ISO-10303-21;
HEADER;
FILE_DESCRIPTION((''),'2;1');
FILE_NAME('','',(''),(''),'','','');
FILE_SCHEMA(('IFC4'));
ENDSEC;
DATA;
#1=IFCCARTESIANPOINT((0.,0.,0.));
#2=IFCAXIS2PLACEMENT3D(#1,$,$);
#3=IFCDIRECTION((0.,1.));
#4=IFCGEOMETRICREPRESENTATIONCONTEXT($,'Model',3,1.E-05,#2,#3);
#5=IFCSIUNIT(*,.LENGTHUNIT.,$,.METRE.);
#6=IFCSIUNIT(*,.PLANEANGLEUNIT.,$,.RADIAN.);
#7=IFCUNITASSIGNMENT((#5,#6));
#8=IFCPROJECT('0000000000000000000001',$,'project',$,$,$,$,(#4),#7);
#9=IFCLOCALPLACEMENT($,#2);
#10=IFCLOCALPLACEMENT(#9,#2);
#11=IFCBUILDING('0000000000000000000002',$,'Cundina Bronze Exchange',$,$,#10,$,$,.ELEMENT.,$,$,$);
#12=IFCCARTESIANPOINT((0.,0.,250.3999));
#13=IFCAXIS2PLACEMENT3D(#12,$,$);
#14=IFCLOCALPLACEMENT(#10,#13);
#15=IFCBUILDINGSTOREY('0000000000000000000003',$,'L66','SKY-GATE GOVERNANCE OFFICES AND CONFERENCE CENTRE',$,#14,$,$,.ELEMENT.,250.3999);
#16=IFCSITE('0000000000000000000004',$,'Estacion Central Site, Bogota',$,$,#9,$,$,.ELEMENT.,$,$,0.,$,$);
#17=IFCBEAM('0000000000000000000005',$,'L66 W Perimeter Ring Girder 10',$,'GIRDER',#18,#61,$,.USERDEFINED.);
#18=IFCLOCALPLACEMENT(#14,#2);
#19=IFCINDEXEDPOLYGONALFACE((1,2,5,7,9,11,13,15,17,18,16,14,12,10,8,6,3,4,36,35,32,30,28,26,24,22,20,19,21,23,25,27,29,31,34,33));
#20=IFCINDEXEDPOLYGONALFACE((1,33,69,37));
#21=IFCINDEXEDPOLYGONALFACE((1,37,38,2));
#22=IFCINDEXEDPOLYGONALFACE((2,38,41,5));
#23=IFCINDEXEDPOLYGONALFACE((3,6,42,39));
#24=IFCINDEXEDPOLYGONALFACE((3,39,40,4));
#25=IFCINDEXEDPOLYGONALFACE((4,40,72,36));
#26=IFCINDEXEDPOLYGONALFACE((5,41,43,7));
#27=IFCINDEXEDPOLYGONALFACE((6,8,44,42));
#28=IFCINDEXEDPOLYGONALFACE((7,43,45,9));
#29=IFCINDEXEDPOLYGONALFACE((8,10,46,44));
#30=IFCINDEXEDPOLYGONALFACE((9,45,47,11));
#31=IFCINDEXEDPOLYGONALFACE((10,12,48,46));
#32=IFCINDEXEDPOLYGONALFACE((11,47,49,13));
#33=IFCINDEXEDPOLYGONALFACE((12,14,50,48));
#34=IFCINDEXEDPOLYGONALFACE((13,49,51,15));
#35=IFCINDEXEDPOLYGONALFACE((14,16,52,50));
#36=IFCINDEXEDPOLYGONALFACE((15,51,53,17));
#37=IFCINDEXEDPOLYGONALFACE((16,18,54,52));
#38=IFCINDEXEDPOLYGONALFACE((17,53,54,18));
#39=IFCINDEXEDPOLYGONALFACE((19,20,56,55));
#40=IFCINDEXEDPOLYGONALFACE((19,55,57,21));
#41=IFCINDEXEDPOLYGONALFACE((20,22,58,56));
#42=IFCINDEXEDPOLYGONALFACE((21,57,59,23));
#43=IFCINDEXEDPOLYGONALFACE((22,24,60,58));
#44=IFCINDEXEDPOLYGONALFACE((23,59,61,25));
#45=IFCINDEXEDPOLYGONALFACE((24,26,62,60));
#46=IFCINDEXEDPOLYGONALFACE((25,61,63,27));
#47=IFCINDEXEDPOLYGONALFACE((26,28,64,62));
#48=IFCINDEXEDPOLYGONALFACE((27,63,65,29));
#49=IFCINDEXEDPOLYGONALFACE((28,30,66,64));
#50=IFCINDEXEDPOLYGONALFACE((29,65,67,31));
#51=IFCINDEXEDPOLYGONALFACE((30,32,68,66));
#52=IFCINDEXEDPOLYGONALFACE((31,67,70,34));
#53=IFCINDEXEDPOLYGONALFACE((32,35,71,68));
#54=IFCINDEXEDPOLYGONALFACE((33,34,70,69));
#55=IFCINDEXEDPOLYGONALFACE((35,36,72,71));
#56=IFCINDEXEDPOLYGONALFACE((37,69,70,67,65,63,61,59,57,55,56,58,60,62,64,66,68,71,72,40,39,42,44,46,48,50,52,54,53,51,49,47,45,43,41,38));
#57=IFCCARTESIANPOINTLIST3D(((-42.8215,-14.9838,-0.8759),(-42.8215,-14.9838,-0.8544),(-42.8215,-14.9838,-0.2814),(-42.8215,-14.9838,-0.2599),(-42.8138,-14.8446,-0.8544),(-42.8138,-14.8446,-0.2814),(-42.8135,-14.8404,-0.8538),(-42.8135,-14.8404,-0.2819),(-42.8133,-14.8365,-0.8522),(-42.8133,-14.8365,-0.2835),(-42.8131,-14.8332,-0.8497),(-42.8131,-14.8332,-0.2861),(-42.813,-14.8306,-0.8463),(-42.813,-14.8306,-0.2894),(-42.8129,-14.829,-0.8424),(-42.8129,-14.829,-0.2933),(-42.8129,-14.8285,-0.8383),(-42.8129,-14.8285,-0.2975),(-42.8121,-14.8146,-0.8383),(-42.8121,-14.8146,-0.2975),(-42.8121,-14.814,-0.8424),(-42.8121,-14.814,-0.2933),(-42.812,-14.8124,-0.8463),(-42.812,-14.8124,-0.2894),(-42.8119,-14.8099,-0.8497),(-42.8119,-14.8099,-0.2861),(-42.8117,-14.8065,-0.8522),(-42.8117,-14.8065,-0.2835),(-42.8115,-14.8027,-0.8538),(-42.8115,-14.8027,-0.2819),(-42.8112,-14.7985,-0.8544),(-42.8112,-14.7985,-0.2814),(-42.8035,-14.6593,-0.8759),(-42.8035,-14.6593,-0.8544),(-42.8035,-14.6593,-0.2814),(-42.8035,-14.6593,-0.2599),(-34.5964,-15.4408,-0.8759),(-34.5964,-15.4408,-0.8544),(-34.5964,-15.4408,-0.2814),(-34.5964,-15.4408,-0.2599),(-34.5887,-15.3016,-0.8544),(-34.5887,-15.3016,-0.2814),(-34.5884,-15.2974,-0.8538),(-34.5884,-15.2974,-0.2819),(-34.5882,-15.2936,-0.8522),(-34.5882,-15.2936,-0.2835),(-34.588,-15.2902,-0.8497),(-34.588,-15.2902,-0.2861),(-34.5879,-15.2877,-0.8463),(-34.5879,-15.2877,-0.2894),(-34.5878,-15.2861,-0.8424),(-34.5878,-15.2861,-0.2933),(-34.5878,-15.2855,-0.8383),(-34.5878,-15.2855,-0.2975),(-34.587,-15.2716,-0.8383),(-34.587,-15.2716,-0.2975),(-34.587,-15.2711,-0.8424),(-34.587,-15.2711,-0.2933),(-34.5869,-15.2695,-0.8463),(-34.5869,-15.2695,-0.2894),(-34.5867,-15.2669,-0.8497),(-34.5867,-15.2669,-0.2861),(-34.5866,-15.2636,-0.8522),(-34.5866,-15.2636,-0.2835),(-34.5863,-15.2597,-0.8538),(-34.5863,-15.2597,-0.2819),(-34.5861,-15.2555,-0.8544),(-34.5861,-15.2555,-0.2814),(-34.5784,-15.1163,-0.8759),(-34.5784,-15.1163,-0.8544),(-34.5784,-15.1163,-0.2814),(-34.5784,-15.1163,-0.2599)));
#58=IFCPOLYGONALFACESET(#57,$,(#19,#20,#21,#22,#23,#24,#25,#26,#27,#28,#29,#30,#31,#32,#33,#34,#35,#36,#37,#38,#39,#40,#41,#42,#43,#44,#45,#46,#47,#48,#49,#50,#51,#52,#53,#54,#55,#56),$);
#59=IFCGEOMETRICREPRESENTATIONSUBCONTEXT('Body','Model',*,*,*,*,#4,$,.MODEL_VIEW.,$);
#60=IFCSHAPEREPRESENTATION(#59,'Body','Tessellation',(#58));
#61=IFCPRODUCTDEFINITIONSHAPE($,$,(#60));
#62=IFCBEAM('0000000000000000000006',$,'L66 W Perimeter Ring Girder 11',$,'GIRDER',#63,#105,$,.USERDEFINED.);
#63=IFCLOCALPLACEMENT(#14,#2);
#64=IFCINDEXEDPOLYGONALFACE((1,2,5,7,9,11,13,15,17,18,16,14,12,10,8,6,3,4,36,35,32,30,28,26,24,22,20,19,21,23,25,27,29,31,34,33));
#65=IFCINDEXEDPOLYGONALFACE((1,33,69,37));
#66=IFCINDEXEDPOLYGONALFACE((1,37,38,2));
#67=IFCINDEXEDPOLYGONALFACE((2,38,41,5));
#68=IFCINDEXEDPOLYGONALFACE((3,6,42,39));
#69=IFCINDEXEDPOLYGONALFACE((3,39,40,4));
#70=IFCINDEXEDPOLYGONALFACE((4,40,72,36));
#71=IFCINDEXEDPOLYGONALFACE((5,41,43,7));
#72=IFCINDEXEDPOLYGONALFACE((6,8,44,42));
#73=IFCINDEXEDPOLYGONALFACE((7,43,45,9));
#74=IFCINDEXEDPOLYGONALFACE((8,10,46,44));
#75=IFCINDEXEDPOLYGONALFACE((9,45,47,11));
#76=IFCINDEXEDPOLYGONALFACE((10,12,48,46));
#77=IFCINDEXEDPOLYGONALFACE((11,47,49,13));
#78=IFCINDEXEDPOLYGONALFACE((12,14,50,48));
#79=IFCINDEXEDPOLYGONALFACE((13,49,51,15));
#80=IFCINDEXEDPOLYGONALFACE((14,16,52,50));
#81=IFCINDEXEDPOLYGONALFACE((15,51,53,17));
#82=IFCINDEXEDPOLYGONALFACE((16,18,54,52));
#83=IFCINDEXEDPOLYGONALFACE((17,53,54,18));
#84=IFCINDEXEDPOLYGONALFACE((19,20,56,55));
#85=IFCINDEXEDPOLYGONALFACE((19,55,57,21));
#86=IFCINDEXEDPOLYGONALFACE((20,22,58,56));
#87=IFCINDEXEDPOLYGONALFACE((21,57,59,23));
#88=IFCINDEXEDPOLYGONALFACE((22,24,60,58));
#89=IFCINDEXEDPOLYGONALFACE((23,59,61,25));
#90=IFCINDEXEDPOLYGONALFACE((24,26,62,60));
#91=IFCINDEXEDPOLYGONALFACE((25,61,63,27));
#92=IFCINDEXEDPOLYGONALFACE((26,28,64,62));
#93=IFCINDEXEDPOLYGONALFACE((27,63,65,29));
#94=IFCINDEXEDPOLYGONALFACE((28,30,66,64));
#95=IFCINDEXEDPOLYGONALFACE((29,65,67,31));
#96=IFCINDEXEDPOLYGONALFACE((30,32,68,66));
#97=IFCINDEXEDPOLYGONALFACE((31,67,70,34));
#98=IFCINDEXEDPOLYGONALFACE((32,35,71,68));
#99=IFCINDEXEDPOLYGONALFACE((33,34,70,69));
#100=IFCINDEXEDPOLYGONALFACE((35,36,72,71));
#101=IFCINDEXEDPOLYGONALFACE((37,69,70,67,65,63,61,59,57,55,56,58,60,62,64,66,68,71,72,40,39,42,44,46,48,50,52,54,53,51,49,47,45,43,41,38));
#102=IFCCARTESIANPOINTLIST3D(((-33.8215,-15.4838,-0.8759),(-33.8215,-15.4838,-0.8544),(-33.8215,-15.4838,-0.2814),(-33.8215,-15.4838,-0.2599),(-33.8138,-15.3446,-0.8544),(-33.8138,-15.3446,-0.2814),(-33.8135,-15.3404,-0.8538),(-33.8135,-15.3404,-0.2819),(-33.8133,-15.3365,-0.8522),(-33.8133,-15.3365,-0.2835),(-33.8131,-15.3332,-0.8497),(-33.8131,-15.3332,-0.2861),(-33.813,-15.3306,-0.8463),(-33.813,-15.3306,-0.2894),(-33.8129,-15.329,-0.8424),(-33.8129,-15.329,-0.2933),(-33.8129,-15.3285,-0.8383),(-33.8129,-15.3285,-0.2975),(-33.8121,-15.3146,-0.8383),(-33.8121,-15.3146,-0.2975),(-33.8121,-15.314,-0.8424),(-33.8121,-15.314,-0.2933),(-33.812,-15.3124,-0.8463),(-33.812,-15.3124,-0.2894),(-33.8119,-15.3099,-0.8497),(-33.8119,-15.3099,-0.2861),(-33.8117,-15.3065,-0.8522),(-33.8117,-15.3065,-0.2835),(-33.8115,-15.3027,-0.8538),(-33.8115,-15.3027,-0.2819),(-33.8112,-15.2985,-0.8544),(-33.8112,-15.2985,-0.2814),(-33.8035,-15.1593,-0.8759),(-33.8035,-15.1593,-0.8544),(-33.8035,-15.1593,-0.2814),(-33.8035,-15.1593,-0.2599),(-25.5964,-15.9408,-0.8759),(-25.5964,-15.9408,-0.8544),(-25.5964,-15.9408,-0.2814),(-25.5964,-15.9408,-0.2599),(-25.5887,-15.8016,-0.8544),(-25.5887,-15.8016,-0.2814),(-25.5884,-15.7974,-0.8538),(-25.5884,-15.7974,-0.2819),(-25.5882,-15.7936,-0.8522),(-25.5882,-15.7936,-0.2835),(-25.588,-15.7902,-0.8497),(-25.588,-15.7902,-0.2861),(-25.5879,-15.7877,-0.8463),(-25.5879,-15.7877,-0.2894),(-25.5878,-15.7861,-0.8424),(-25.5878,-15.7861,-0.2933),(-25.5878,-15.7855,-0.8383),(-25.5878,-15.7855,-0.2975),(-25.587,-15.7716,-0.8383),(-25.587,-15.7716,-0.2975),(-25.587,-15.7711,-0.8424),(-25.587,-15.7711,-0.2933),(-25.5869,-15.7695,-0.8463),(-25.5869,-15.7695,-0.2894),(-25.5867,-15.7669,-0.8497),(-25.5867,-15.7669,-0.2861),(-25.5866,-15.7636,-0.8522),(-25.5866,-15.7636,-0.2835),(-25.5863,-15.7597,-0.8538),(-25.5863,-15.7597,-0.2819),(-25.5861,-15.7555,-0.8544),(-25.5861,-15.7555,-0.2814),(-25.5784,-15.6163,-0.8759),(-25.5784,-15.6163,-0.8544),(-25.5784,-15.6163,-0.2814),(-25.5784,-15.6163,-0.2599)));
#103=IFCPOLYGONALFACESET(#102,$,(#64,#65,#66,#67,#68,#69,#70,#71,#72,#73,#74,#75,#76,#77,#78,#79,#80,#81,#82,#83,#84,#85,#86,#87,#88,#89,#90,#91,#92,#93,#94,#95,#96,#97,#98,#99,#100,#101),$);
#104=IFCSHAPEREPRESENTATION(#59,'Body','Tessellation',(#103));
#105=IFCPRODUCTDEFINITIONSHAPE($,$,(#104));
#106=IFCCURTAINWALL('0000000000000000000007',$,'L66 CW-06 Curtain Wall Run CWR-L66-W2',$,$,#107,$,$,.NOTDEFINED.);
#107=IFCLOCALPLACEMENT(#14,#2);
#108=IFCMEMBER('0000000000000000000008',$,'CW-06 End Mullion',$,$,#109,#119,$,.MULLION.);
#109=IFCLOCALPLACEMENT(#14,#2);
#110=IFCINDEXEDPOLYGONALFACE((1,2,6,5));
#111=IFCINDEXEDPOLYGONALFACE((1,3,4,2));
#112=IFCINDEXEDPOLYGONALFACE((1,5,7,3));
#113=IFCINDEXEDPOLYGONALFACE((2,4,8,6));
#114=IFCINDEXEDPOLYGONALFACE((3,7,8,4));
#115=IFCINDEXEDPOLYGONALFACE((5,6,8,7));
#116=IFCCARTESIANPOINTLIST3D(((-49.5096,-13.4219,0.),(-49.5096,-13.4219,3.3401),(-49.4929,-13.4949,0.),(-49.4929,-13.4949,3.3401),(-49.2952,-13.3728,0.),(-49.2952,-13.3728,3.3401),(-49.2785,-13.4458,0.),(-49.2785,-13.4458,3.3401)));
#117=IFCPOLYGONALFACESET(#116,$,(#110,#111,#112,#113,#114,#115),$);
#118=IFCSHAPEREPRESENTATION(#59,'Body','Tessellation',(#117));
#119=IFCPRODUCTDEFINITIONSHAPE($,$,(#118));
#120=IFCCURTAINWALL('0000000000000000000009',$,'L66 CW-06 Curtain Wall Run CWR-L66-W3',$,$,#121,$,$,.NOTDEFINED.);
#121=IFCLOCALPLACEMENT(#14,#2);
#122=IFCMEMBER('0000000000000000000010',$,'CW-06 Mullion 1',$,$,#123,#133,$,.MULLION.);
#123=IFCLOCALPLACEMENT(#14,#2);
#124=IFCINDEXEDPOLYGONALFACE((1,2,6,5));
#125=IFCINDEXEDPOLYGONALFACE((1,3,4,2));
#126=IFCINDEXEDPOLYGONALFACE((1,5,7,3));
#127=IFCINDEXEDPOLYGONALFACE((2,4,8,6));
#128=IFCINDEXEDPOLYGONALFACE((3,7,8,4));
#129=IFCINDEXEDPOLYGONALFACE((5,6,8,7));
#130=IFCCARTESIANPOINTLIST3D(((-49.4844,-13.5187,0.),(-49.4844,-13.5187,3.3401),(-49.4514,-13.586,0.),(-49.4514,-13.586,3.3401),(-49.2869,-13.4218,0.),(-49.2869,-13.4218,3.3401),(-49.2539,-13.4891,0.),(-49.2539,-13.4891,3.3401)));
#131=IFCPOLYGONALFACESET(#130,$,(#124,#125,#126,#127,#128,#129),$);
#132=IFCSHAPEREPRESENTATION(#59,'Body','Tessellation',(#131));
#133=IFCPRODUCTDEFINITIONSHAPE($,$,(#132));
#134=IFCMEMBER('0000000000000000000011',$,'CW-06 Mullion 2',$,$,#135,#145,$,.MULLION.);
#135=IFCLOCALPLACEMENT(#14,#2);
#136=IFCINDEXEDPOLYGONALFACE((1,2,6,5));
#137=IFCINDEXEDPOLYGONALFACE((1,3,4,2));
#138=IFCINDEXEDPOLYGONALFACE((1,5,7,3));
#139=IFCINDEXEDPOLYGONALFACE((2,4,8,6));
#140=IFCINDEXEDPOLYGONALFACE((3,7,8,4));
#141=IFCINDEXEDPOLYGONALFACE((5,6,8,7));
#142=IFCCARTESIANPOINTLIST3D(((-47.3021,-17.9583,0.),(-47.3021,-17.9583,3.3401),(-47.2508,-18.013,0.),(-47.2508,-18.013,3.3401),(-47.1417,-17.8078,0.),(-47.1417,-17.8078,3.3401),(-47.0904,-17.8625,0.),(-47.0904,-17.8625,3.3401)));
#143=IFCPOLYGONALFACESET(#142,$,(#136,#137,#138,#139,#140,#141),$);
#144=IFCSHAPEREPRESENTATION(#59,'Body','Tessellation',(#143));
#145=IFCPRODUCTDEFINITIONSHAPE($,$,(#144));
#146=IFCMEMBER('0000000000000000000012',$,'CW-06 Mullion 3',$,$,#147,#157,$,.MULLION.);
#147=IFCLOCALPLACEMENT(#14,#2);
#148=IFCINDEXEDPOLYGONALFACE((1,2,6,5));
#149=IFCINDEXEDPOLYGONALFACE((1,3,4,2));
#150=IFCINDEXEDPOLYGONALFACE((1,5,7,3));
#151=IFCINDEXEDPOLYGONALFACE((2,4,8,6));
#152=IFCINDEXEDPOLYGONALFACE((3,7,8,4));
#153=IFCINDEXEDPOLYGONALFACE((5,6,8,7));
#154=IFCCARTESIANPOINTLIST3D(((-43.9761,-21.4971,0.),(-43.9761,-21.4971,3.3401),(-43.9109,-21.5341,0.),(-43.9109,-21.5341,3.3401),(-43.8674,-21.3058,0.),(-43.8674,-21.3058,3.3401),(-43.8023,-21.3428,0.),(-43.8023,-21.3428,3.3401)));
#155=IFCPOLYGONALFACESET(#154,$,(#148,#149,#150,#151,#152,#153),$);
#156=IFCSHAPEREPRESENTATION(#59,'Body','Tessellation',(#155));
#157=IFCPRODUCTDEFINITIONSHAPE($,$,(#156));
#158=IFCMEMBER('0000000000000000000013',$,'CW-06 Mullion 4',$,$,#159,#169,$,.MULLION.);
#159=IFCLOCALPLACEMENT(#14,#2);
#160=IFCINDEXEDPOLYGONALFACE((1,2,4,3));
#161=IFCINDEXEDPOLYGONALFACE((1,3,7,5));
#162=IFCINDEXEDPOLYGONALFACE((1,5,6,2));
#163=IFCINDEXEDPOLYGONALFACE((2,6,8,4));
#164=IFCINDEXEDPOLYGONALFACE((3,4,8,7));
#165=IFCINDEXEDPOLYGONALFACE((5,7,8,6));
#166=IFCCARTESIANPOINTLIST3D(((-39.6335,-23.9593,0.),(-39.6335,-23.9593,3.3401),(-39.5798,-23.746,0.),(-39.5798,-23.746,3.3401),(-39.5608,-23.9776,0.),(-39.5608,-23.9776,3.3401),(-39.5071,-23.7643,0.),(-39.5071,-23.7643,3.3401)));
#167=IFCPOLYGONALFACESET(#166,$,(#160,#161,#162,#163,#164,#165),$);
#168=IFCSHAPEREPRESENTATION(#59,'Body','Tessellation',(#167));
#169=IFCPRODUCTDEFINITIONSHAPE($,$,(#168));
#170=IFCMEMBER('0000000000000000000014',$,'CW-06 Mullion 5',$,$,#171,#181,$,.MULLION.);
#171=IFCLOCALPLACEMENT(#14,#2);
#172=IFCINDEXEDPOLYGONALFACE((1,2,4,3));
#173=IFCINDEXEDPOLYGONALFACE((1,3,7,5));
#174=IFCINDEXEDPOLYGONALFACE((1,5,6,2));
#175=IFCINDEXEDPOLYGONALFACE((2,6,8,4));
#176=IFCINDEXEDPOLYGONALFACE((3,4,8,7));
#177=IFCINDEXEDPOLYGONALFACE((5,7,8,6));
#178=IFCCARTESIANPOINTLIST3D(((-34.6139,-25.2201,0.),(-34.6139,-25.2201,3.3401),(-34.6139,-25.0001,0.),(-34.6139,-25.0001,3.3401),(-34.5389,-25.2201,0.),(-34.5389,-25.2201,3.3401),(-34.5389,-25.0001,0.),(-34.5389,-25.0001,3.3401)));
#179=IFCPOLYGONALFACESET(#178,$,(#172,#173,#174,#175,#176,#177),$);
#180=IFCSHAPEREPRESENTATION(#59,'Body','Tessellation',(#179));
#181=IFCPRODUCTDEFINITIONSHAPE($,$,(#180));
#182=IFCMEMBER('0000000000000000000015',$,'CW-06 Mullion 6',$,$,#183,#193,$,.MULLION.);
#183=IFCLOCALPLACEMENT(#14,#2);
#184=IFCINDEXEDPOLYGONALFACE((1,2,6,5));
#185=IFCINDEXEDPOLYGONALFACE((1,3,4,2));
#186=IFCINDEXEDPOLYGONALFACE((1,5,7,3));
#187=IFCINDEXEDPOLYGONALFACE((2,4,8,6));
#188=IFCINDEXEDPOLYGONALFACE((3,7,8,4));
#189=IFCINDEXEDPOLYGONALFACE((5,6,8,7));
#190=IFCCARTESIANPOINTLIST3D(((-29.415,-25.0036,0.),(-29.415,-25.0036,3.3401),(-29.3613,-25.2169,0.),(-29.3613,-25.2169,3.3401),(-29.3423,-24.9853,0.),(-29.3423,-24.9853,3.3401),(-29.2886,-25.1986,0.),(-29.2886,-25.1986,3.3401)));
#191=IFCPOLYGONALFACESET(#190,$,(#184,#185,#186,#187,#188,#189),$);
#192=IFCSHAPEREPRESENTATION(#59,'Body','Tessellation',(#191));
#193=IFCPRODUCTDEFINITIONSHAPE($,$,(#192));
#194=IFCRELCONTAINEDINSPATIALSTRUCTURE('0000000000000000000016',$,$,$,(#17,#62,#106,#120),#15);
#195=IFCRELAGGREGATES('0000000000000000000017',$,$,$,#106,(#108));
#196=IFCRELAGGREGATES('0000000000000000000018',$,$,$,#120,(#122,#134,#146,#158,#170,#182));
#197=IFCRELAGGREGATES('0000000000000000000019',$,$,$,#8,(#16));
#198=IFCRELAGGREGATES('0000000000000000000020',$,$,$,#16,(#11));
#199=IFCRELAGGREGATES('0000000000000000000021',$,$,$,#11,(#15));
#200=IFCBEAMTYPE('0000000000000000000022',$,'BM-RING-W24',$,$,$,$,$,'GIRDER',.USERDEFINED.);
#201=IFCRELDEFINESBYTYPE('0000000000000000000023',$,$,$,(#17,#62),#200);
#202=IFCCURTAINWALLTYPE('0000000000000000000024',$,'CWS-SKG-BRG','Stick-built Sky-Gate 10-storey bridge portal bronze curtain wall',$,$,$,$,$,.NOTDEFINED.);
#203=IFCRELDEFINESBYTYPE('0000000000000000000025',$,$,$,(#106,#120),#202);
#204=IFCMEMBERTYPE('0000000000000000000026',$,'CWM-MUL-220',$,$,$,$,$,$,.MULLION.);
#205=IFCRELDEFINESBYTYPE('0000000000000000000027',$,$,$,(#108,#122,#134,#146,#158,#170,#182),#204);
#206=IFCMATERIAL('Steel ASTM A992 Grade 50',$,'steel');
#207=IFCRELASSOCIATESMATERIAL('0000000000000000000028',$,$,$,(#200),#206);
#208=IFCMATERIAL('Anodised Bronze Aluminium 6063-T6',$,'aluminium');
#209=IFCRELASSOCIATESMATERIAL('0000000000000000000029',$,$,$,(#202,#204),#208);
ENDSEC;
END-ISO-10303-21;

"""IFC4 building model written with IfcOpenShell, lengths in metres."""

from ifc_helpers import new_model, si_unit, direction, frame, origin, origin_2d, place, context, subcontext, project, spatial, rectangle, i_section, extrude, material, material_profile, profile_set, type_object, element, aggregate, save


model = new_model("IFC4")

# Units and contexts
model_context = context("Model", 3, precision=1e-05, world=origin(), true_north=direction((0.0, 1.0)))
body_context = subcontext(model_context, "Body", "Model", "MODEL_VIEW")
ifc_project = project(units=[si_unit("LENGTHUNIT", "METRE"), si_unit("PLANEANGLEUNIT", "RADIAN")], contexts=[model_context])

# Site, building, storey
site_placement = place(None, origin())
site = spatial("IfcSite", under=ifc_project, at=site_placement, Name="Estacion Central Site, Bogota", CompositionType="ELEMENT", RefElevation=0.0)
building_placement = place(site_placement, origin())
building = spatial("IfcBuilding", under=site, at=building_placement, Name="Cundina Bronze Exchange", CompositionType="ELEMENT")
storey_placement = place(building_placement, frame((0.0, 0.0, 250.3999)))
storey = spatial("IfcBuildingStorey", under=building, at=storey_placement, Name="L66", Description="SKY-GATE GOVERNANCE OFFICES AND CONFERENCE CENTRE", CompositionType="ELEMENT", Elevation=250.3999)

# Beams
ifc_material_1 = material(Name="Steel ASTM A992 Grade 50", Category="steel")
ifc_material_profile_1 = material_profile(ifc_material_1, i_section(OverallWidth=0.325, OverallDepth=0.616, WebThickness=0.0139, FlangeThickness=0.0215, FilletRadius=0.0161, at=origin_2d()), Name="W24X117", Category="steel")
ifc_profile_set_1 = profile_set([ifc_material_profile_1], Name="Steel ASTM A992 Grade 50")
beam_type_1 = type_object("IfcBeamType", Name="BM-RING-W24", ElementType="GIRDER", PredefinedType="USERDEFINED", material=ifc_profile_set_1)
for number, where, z_axis, x_axis, name in (
    (1, (-42.8125, -14.8215, -0.5679), (0.99846, -0.05548, 0.0), (0.05548, 0.99846, 0.0), "L66 W Perimeter Ring Girder 10"),
    (2, (-33.8125, -15.3215, -0.5679), (0.99846, -0.05548, 0.0), (0.05548, 0.99846, 0.0), "L66 W Perimeter Ring Girder 11"),
):
    element("IfcBeam", number, at=place(storey_placement, frame(where, z_axis=z_axis, x_axis=x_axis)), inside=storey, type_object=beam_type_1, Name=name, ObjectType="GIRDER", PredefinedType="USERDEFINED", context=body_context, shape_type="SweptSolid", body=[
        extrude(i_section(OverallWidth=0.325, OverallDepth=0.616, WebThickness=0.0139, FlangeThickness=0.0215, FilletRadius=0.0161, at=origin_2d()), origin(), (0.0, 0.0, 1.0), 8.2378),
    ])

# Curtain wall, member
ifc_material_2 = material(Name="Anodised Bronze Aluminium 6063-T6", Category="aluminium")
curtain_wall_type = type_object("IfcCurtainWallType", Name="CWS-SKG-BRG", Description="Stick-built Sky-Gate 10-storey bridge portal bronze curtain wall", PredefinedType="NOTDEFINED", material=ifc_material_2)
curtain_wall_1_placement = place(storey_placement, origin())
curtain_wall_1 = element("IfcCurtainWall", 3, at=curtain_wall_1_placement, inside=storey, type_object=curtain_wall_type, Name="L66 CW-06 Curtain Wall Run CWR-L66-W2", PredefinedType="NOTDEFINED")
ifc_material_profile_2 = material_profile(ifc_material_2, rectangle(XDim=0.075, YDim=0.22, at=origin_2d()), Name="AL75X220", Category="aluminium")
ifc_profile_set_2 = profile_set([ifc_material_profile_2], Name="Anodised Bronze Aluminium 6063-T6")
member_type_1 = type_object("IfcMemberType", Name="CWM-MUL-220", PredefinedType="MULLION", material=ifc_profile_set_2)
member_1_placement = place(storey_placement, frame((-49.394, -13.4338, 0.0), z_axis=(0.0, 0.0, 1.0), x_axis=(0.22325, -0.974761, 0.0)))
member_1 = element("IfcMember", 4, at=member_1_placement, type_object=member_type_1, Name="CW-06 End Mullion", PredefinedType="MULLION", context=body_context, shape_type="SweptSolid", body=[
    extrude(rectangle(XDim=0.075, YDim=0.22, at=origin_2d()), origin(), (0.0, 0.0, 1.0), 3.3401),
])

# Curtain wall, members
curtain_wall_2_placement = place(storey_placement, origin())
curtain_wall_2 = element("IfcCurtainWall", 5, at=curtain_wall_2_placement, inside=storey, type_object=curtain_wall_type, Name="L66 CW-06 Curtain Wall Run CWR-L66-W3", PredefinedType="NOTDEFINED")
member_2_placement = place(storey_placement, frame((-49.3691, -13.5039, 0.0), z_axis=(0.0, 0.0, 1.0), x_axis=(0.440566, -0.89772, 0.0)))
member_2 = element("IfcMember", 6, at=member_2_placement, type_object=member_type_1, Name="CW-06 Mullion 1", PredefinedType="MULLION", context=body_context, shape_type="SweptSolid", body=[
    extrude(rectangle(XDim=0.075, YDim=0.22, at=origin_2d()), origin(), (0.0, 0.0, 1.0), 3.3401),
])
member_3_placement = place(storey_placement, frame((-47.1963, -17.9104, 0.0), z_axis=(0.0, 0.0, 1.0), x_axis=(0.684293, -0.729208, 0.0)))
member_3 = element("IfcMember", 7, at=member_3_placement, type_object=member_type_1, Name="CW-06 Mullion 2", PredefinedType="MULLION", context=body_context, shape_type="SweptSolid", body=[
    extrude(rectangle(XDim=0.075, YDim=0.22, at=origin_2d()), origin(), (0.0, 0.0, 1.0), 3.3401),
])
member_4_placement = place(storey_placement, frame((-43.8892, -21.4199, 0.0), z_axis=(0.0, 0.0, 1.0), x_axis=(0.869581, -0.49379, 0.0)))
member_4 = element("IfcMember", 8, at=member_4_placement, type_object=member_type_1, Name="CW-06 Mullion 3", PredefinedType="MULLION", context=body_context, shape_type="SweptSolid", body=[
    extrude(rectangle(XDim=0.075, YDim=0.22, at=origin_2d()), origin(), (0.0, 0.0, 1.0), 3.3401),
])
member_5_placement = place(storey_placement, frame((-39.5703, -23.8618, 0.0), z_axis=(0.0, 0.0, 1.0), x_axis=(0.969744, -0.244123, 0.0)))
member_5 = element("IfcMember", 9, at=member_5_placement, type_object=member_type_1, Name="CW-06 Mullion 4", PredefinedType="MULLION", context=body_context, shape_type="SweptSolid", body=[
    extrude(rectangle(XDim=0.075, YDim=0.22, at=origin_2d()), origin(), (0.0, 0.0, 1.0), 3.3401),
])
member_6_placement = place(storey_placement, frame((-34.5764, -25.1101, 0.0), z_axis=(0.0, 0.0, 1.0), x_axis=(1.0, 0.0, 0.0)))
member_6 = element("IfcMember", 10, at=member_6_placement, type_object=member_type_1, Name="CW-06 Mullion 5", PredefinedType="MULLION", context=body_context, shape_type="SweptSolid", body=[
    extrude(rectangle(XDim=0.075, YDim=0.22, at=origin_2d()), origin(), (0.0, 0.0, 1.0), 3.3401),
])
member_7_placement = place(storey_placement, frame((-29.3518, -25.1011, 0.0), z_axis=(0.0, 0.0, 1.0), x_axis=(0.969744, 0.244123, 0.0)))
member_7 = element("IfcMember", 11, at=member_7_placement, type_object=member_type_1, Name="CW-06 Mullion 6", PredefinedType="MULLION", context=body_context, shape_type="SweptSolid", body=[
    extrude(rectangle(XDim=0.075, YDim=0.22, at=origin_2d()), origin(), (0.0, 0.0, 1.0), 3.3401),
])

aggregate(curtain_wall_1, [member_1])
aggregate(curtain_wall_2, [member_2, member_3, member_4, member_5, member_6, member_7])

save(model, "model.ifc")
